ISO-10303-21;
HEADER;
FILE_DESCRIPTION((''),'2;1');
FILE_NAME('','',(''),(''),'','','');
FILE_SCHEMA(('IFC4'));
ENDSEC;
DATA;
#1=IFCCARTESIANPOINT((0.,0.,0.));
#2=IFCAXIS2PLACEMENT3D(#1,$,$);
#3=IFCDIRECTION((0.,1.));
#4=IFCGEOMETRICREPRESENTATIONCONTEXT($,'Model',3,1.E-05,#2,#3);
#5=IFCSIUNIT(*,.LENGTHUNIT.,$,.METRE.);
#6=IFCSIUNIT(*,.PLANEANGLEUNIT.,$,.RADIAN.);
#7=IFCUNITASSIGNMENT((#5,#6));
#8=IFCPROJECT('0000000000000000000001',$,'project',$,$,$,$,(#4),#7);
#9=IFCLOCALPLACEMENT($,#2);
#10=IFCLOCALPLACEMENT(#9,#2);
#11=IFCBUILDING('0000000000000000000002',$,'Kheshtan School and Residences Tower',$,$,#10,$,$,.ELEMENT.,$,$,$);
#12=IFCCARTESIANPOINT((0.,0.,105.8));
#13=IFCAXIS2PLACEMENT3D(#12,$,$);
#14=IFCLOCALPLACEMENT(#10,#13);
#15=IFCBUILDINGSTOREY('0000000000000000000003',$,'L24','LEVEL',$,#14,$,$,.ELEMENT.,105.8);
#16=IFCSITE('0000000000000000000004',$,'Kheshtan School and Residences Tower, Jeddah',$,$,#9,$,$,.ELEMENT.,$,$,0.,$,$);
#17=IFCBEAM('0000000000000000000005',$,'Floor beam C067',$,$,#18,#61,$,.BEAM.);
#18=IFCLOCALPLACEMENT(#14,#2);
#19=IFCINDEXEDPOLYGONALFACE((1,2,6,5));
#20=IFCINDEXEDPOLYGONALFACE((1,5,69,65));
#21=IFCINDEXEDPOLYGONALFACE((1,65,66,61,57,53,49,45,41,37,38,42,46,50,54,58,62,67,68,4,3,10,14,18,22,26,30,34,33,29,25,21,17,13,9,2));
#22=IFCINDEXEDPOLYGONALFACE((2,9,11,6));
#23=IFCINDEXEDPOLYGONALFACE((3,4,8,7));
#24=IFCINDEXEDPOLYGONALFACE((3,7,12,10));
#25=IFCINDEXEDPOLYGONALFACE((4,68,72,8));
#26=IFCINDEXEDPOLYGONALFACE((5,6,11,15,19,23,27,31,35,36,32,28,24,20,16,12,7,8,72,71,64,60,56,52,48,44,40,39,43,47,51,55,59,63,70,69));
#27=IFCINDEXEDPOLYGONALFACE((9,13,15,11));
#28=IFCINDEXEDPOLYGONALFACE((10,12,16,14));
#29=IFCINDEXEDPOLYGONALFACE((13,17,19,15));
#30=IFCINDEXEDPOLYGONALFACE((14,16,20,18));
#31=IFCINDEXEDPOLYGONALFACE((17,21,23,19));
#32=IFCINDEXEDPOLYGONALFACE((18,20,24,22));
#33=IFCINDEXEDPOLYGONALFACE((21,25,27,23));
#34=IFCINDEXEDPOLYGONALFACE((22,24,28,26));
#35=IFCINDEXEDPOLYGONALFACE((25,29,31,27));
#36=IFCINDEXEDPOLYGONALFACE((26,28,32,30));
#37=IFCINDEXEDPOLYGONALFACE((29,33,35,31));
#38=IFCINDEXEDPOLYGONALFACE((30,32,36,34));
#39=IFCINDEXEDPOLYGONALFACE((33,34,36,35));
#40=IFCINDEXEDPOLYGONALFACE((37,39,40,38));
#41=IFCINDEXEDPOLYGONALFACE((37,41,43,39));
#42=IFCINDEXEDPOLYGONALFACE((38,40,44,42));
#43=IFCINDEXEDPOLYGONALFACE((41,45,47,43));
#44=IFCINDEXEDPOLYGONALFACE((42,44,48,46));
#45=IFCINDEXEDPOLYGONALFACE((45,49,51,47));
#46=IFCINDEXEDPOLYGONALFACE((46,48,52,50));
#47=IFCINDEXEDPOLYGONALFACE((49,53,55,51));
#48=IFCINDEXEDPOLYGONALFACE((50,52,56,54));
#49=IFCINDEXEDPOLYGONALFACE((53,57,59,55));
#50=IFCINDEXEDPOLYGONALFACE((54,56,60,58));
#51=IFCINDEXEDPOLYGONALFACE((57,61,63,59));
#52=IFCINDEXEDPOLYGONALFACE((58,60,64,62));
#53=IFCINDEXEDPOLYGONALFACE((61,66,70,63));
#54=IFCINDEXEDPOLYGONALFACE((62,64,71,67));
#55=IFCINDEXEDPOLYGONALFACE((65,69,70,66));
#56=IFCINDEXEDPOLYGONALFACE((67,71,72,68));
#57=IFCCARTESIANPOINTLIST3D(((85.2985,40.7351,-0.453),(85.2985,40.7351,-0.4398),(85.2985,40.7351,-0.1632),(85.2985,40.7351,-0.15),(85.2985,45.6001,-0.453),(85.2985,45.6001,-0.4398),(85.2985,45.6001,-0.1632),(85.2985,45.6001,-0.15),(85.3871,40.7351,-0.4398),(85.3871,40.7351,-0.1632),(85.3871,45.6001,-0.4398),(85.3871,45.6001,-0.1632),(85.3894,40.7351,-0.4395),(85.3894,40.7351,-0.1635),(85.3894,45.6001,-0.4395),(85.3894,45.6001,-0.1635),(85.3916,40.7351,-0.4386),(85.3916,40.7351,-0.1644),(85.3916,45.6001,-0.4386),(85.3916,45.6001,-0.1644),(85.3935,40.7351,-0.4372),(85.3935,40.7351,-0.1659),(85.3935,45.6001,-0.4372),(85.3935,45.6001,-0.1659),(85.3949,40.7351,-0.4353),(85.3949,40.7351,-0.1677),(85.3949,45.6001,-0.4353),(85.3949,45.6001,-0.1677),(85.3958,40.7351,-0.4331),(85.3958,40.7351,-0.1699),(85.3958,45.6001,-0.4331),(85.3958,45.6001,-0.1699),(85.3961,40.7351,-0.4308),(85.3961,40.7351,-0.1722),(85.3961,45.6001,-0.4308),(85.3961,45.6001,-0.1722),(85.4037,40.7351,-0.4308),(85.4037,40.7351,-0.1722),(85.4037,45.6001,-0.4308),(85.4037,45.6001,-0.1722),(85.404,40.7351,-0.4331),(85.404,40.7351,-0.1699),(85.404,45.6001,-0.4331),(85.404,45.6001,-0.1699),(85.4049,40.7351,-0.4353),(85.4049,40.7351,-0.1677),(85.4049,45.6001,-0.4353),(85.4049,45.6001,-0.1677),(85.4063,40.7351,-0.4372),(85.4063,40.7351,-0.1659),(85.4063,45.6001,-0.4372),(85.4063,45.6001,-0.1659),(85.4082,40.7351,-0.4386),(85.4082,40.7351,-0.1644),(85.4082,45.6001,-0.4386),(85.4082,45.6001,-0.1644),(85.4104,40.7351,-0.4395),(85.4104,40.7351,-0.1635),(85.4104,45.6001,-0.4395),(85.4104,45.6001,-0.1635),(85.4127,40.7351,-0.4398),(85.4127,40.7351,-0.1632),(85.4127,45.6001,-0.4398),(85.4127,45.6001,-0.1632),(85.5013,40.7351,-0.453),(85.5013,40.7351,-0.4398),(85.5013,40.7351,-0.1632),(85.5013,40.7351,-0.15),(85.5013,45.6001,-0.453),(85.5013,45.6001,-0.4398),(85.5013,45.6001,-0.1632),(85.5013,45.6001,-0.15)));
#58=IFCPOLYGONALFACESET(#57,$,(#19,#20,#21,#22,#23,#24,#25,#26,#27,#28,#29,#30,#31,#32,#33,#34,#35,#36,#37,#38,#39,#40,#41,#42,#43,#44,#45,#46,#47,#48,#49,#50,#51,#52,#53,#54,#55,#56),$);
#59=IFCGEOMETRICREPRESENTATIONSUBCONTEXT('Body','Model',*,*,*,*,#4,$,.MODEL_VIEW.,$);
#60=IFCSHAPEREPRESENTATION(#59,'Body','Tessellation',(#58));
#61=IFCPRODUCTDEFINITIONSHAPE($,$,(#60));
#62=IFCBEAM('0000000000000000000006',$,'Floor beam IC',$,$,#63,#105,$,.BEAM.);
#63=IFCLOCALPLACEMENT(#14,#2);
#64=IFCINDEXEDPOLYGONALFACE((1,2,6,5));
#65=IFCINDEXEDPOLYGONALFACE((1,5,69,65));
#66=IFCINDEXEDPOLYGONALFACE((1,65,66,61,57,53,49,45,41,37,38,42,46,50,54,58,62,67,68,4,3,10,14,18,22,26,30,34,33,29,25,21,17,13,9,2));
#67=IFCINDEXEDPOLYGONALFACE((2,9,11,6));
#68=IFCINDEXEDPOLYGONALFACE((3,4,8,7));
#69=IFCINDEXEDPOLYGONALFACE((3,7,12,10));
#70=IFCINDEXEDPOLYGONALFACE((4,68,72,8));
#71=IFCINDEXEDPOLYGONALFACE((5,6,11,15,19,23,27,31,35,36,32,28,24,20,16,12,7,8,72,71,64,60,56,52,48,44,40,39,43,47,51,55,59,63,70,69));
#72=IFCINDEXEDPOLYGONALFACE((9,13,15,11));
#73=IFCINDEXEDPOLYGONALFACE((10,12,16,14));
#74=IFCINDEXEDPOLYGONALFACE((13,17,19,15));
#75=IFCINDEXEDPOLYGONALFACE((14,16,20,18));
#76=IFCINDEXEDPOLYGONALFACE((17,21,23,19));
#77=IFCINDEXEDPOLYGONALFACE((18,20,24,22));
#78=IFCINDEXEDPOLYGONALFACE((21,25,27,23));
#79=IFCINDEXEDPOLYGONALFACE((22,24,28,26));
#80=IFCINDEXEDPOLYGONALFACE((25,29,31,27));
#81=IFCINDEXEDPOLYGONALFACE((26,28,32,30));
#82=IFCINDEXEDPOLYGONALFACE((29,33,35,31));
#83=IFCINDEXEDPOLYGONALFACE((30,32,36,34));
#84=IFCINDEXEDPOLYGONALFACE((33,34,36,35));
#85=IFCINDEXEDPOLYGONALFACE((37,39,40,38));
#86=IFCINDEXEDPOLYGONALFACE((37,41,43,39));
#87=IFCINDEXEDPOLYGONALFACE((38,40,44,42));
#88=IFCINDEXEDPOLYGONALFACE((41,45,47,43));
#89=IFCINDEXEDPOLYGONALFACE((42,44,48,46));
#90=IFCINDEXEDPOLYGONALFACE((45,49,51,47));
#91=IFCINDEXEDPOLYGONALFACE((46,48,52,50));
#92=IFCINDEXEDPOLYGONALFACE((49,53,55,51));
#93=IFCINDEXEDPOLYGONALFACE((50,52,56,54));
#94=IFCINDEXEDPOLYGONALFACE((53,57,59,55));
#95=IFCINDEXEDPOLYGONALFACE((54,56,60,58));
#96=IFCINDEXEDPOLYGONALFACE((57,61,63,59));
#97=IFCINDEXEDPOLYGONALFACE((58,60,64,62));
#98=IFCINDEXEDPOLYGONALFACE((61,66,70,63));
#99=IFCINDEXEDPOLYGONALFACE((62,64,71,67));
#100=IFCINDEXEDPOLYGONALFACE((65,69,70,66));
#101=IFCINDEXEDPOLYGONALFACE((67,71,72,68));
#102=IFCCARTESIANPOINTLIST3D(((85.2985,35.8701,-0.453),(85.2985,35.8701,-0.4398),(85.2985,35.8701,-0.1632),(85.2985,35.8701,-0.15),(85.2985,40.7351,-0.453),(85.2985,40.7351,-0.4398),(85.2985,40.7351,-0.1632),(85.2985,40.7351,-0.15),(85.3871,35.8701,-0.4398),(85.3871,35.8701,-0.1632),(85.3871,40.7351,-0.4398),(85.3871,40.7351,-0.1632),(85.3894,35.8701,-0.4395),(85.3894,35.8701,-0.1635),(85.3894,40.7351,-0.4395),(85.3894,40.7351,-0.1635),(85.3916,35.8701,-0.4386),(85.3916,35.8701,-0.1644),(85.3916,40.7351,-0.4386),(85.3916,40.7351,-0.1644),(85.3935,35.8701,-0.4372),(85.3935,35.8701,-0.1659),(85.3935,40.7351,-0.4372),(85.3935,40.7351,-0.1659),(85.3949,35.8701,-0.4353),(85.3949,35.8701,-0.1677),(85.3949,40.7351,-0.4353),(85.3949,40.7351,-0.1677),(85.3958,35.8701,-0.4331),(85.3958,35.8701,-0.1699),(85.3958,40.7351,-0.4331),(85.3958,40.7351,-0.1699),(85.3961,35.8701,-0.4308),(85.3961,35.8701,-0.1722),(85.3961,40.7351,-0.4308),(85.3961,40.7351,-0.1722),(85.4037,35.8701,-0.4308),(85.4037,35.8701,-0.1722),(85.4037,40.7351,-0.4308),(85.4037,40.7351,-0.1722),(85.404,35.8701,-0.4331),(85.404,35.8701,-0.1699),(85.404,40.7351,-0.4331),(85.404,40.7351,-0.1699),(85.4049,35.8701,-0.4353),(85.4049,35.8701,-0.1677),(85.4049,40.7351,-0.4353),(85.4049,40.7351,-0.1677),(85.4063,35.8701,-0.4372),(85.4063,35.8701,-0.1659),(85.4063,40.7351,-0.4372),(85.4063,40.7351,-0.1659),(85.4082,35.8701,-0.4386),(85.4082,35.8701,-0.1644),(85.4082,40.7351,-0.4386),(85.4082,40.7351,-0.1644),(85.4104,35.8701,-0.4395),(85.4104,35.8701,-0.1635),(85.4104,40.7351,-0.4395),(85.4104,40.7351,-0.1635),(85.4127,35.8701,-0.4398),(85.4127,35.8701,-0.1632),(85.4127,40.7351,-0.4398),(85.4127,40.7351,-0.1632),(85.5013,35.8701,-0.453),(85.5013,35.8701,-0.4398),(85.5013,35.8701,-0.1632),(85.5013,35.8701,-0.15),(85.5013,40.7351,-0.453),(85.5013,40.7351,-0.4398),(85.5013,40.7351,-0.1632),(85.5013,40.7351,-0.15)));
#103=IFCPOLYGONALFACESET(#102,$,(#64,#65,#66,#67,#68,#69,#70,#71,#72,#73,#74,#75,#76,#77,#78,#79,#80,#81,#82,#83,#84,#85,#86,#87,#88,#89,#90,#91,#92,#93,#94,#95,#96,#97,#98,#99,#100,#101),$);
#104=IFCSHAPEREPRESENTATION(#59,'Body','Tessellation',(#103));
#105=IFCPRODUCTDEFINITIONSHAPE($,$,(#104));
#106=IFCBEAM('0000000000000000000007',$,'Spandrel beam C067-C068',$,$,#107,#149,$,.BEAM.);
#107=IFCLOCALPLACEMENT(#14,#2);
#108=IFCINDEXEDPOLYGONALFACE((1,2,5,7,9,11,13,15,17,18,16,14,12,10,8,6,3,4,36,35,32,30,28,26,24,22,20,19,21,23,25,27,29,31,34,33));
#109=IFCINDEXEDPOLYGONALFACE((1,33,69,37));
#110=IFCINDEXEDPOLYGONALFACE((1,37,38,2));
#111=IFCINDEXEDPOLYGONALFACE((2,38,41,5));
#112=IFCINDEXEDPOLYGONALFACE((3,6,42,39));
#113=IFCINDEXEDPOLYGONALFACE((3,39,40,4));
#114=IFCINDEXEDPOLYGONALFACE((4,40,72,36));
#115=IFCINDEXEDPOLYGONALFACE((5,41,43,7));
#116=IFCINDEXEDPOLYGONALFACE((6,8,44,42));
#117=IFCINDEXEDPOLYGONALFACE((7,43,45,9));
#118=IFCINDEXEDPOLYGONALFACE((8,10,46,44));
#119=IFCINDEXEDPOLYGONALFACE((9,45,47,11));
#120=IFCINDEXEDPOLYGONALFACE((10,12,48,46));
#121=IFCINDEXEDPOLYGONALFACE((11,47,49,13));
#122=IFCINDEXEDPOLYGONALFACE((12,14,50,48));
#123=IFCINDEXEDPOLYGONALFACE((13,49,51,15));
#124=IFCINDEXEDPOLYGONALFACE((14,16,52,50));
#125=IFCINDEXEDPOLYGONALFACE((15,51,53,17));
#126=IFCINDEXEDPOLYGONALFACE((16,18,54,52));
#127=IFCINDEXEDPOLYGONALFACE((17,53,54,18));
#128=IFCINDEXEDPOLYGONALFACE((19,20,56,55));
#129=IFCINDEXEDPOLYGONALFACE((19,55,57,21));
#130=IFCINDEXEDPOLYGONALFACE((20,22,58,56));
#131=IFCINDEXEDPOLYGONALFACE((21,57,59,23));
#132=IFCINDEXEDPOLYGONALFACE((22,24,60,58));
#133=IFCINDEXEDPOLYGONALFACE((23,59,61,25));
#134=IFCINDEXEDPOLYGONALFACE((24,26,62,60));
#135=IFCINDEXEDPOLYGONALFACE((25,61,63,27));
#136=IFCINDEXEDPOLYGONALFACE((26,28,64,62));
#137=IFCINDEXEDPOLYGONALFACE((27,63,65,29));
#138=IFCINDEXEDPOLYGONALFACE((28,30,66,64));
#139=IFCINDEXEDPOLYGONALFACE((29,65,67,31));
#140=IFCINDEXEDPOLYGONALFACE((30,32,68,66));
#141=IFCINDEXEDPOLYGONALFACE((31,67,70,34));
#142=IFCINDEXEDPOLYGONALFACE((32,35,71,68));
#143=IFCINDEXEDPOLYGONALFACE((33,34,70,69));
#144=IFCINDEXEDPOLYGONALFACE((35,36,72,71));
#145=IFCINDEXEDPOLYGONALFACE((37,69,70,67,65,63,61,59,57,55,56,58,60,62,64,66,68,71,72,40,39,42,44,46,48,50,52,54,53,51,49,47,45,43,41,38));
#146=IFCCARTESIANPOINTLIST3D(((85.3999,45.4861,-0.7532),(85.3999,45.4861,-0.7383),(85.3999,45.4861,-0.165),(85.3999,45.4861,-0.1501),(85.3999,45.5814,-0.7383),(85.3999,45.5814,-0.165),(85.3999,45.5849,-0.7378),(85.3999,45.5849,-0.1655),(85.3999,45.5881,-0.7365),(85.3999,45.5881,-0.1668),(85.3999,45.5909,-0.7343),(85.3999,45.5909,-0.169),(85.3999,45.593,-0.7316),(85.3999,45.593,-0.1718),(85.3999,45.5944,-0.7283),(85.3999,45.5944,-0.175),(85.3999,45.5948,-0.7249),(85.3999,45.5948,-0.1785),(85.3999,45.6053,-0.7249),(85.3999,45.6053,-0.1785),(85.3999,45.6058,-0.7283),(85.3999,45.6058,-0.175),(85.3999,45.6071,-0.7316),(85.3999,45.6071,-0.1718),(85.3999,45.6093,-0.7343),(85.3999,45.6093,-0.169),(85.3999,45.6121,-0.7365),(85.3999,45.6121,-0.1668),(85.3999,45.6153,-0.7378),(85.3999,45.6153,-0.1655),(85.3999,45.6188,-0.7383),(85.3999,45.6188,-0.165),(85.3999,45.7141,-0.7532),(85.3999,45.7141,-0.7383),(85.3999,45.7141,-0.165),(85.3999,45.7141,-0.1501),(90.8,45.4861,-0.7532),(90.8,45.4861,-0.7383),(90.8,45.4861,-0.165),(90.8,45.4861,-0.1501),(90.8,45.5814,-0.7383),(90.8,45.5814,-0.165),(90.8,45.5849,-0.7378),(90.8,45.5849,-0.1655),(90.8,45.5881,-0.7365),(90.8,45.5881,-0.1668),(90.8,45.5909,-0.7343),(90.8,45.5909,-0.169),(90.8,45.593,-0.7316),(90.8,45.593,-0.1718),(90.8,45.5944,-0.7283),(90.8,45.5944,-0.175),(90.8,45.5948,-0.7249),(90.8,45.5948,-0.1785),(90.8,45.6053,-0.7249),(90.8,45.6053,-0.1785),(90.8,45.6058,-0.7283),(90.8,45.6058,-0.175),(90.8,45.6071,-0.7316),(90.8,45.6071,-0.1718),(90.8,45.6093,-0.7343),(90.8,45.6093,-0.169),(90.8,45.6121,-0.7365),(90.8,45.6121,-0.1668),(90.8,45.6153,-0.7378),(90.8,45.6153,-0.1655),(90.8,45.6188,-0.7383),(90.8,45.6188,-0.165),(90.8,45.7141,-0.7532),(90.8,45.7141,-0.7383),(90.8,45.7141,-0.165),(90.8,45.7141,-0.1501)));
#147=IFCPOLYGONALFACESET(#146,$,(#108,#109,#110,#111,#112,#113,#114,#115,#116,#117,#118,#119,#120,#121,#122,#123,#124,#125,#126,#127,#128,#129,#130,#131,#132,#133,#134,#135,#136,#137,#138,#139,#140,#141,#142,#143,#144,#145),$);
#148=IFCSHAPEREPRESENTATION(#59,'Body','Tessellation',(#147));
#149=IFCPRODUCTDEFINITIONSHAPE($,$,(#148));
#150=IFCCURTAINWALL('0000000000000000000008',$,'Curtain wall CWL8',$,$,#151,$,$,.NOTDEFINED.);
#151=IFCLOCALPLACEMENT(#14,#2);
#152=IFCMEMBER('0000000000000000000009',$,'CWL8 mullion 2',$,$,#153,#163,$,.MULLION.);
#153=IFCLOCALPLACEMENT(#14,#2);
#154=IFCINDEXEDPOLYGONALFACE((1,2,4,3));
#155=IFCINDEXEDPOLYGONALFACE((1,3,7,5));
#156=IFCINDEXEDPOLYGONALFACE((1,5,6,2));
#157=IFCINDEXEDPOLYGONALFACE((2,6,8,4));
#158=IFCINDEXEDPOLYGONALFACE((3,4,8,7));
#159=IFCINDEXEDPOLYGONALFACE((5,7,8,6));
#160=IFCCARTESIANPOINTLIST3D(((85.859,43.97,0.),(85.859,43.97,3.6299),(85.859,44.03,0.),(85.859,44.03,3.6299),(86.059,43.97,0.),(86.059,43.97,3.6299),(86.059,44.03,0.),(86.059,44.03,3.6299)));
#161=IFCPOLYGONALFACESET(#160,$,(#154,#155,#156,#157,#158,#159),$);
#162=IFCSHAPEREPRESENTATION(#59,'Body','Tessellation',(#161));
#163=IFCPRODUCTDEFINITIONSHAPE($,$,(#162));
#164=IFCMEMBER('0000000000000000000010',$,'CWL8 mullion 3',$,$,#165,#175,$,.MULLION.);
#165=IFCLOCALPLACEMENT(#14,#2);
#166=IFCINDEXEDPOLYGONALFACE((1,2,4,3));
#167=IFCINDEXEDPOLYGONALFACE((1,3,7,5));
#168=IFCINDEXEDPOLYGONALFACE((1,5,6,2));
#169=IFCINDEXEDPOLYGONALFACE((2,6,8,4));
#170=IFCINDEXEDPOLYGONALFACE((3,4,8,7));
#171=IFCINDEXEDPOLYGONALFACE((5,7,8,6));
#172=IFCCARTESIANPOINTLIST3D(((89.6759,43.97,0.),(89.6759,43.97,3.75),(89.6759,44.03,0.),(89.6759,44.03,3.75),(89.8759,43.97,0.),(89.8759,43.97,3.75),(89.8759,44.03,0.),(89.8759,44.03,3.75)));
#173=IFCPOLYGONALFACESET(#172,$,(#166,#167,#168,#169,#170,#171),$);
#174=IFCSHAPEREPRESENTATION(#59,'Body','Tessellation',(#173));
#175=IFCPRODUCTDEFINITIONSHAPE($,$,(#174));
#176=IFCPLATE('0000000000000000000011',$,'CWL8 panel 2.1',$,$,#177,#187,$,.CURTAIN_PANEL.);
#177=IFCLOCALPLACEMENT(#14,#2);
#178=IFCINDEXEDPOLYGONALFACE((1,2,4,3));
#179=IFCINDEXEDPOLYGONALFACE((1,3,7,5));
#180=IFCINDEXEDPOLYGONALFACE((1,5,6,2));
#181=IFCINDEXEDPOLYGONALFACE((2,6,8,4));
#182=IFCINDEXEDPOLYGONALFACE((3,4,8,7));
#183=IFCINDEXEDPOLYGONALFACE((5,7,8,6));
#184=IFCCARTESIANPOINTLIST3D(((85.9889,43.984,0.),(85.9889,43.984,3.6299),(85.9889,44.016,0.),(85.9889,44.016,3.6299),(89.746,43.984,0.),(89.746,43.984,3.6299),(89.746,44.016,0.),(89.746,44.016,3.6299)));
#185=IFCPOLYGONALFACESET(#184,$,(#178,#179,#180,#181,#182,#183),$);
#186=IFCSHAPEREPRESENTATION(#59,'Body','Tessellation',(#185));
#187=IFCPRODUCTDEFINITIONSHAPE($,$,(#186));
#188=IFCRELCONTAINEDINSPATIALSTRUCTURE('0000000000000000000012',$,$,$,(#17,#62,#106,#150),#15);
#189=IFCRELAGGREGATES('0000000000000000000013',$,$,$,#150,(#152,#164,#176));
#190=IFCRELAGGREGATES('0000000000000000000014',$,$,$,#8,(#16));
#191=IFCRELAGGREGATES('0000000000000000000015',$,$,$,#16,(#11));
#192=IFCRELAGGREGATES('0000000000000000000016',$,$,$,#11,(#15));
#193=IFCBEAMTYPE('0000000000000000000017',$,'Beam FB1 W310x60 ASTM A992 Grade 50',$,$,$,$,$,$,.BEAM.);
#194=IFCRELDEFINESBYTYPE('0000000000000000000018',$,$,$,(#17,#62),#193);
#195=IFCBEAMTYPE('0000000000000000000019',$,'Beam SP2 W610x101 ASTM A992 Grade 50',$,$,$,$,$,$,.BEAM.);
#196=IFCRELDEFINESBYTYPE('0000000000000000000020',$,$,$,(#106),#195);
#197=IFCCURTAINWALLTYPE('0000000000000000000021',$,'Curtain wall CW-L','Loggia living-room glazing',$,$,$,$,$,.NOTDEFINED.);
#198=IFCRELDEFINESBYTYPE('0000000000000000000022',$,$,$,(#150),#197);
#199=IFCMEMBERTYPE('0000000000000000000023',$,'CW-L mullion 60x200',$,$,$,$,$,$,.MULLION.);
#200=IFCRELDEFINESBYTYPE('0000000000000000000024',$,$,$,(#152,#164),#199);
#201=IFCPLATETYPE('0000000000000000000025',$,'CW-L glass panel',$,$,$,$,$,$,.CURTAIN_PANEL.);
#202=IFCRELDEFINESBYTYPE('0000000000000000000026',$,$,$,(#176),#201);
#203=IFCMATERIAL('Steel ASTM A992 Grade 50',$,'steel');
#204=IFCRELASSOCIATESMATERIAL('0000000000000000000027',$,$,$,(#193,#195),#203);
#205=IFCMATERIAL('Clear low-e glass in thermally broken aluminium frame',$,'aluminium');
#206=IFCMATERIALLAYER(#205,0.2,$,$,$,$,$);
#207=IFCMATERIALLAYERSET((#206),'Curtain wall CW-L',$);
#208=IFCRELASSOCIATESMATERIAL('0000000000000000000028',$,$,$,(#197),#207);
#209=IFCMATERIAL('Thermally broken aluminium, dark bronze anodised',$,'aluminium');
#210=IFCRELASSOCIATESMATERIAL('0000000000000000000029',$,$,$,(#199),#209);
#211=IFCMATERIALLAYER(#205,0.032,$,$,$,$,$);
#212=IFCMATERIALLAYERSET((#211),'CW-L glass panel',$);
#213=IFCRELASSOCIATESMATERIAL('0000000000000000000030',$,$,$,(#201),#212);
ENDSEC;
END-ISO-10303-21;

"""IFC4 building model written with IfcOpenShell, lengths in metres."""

from ifc_helpers import new_model, si_unit, direction, frame, origin, origin_2d, place, context, subcontext, project, spatial, rectangle, i_section, extrude, material, layer, layer_set, material_profile, profile_set, type_object, element, aggregate, save


model = new_model("IFC4")

# Units and contexts
model_context = context("Model", 3, precision=1e-05, world=origin(), true_north=direction((0.0, 1.0)))
body_context = subcontext(model_context, "Body", "Model", "MODEL_VIEW")
ifc_project = project(units=[si_unit("LENGTHUNIT", "METRE"), si_unit("PLANEANGLEUNIT", "RADIAN")], contexts=[model_context])

# Site, building, storey
site_placement = place(None, origin())
site = spatial("IfcSite", under=ifc_project, at=site_placement, Name="Kheshtan School and Residences Tower, Jeddah", CompositionType="ELEMENT", RefElevation=0.0)
building_placement = place(site_placement, origin())
building = spatial("IfcBuilding", under=site, at=building_placement, Name="Kheshtan School and Residences Tower", CompositionType="ELEMENT")
storey_placement = place(building_placement, frame((0.0, 0.0, 105.8)))
storey = spatial("IfcBuildingStorey", under=building, at=storey_placement, Name="L24", Description="LEVEL", CompositionType="ELEMENT", Elevation=105.8)

# Shared definitions
ifc_material_1 = material(Name="Steel ASTM A992 Grade 50", Category="steel")

# Beams
ifc_material_profile_1 = material_profile(ifc_material_1, i_section(OverallWidth=0.2029, OverallDepth=0.303, WebThickness=0.0076, FlangeThickness=0.0132, FilletRadius=0.009, at=origin_2d()), Name="W310x60")
ifc_profile_set_1 = profile_set([ifc_material_profile_1], Name="Steel ASTM A992 Grade 50")
beam_type_1 = type_object("IfcBeamType", Name="Beam FB1 W310x60 ASTM A992 Grade 50", PredefinedType="BEAM", material=ifc_profile_set_1)
for number, where, z_axis, x_axis, name in (
    (1, (85.3999, 45.6001, -0.3015), (0.0, -1.0, 0.0), (1.0, 0.0, 0.0), "Floor beam C067"),
    (2, (85.3999, 40.7351, -0.3015), (0.0, -1.0, 0.0), (1.0, 0.0, 0.0), "Floor beam IC"),
):
    element("IfcBeam", number, at=place(storey_placement, frame(where, z_axis=z_axis, x_axis=x_axis)), inside=storey, type_object=beam_type_1, Name=name, PredefinedType="BEAM", context=body_context, shape_type="SweptSolid", body=[
        extrude(i_section(OverallWidth=0.2029, OverallDepth=0.303, WebThickness=0.0076, FlangeThickness=0.0132, FilletRadius=0.009, at=origin_2d()), origin(), (0.0, 0.0, 1.0), 4.865),
    ])
ifc_material_profile_2 = material_profile(ifc_material_1, i_section(OverallWidth=0.228, OverallDepth=0.603, WebThickness=0.0105, FlangeThickness=0.0149, FilletRadius=0.0134, at=origin_2d()), Name="W610x101")
ifc_profile_set_2 = profile_set([ifc_material_profile_2], Name="Steel ASTM A992 Grade 50")
beam_type_2 = type_object("IfcBeamType", Name="Beam SP2 W610x101 ASTM A992 Grade 50", PredefinedType="BEAM", material=ifc_profile_set_2)
beam_placement = place(storey_placement, frame((85.3999, 45.6001, -0.4517), z_axis=(1.0, 0.0, 0.0), x_axis=(0.0, 1.0, 0.0)))
element("IfcBeam", 3, at=beam_placement, inside=storey, type_object=beam_type_2, Name="Spandrel beam C067-C068", PredefinedType="BEAM", context=body_context, shape_type="SweptSolid", body=[
    extrude(i_section(OverallWidth=0.228, OverallDepth=0.603, WebThickness=0.0105, FlangeThickness=0.0149, FilletRadius=0.0134, at=origin_2d()), origin(), (0.0, 0.0, 1.0), 5.4001),
])

# Curtain wall, members, plate
ifc_material_2 = material(Name="Clear low-e glass in thermally broken aluminium frame", Category="aluminium")
ifc_layer_1 = layer(ifc_material_2, 0.2)
ifc_layer_set_1 = layer_set([ifc_layer_1], Name="Curtain wall CW-L")
curtain_wall_type = type_object("IfcCurtainWallType", Name="Curtain wall CW-L", Description="Loggia living-room glazing", PredefinedType="NOTDEFINED", material=ifc_layer_set_1)
curtain_wall_placement = place(storey_placement, origin())
curtain_wall = element("IfcCurtainWall", 4, at=curtain_wall_placement, inside=storey, type_object=curtain_wall_type, Name="Curtain wall CWL8", PredefinedType="NOTDEFINED")
ifc_material_3 = material(Name="Thermally broken aluminium, dark bronze anodised", Category="aluminium")
ifc_material_profile_3 = material_profile(ifc_material_3, rectangle(XDim=0.0601, YDim=0.2, at=origin_2d()), Name="CW-L mullion 60x200")
ifc_profile_set_3 = profile_set([ifc_material_profile_3], Name="Thermally broken aluminium, dark bronze anodised")
member_type = type_object("IfcMemberType", Name="CW-L mullion 60x200", PredefinedType="MULLION", material=ifc_profile_set_3)
member_1_placement = place(storey_placement, frame((85.959, 44.0, 0.0), z_axis=(0.0, 0.0, 1.0), x_axis=(0.0, 1.0, 0.0)))
member_1 = element("IfcMember", 5, at=member_1_placement, type_object=member_type, Name="CWL8 mullion 2", PredefinedType="MULLION", context=body_context, shape_type="SweptSolid", body=[
    extrude(rectangle(XDim=0.0601, YDim=0.2, at=origin_2d()), origin(), (0.0, 0.0, 1.0), 3.6299),
])
member_2_placement = place(storey_placement, frame((89.7759, 44.0, 0.0), z_axis=(0.0, 0.0, 1.0), x_axis=(0.0, 1.0, 0.0)))
member_2 = element("IfcMember", 6, at=member_2_placement, type_object=member_type, Name="CWL8 mullion 3", PredefinedType="MULLION", context=body_context, shape_type="SweptSolid", body=[
    extrude(rectangle(XDim=0.0601, YDim=0.2, at=origin_2d()), origin(), (0.0, 0.0, 1.0), 3.75),
])
ifc_layer_2 = layer(ifc_material_2, 0.032)
ifc_layer_set_2 = layer_set([ifc_layer_2], Name="CW-L glass panel")
plate_type = type_object("IfcPlateType", Name="CW-L glass panel", PredefinedType="CURTAIN_PANEL", material=ifc_layer_set_2)
plate_placement = place(storey_placement, frame((87.8674, 44.0, 0.0), z_axis=(0.0, 0.0, 1.0), x_axis=(1.0, 0.0, 0.0)))
plate = element("IfcPlate", 7, at=plate_placement, type_object=plate_type, Name="CWL8 panel 2.1", PredefinedType="CURTAIN_PANEL", context=body_context, shape_type="SweptSolid", body=[
    extrude(rectangle(XDim=3.7571, YDim=0.032, at=origin_2d()), origin(), (0.0, 0.0, 1.0), 3.6299),
])
aggregate(curtain_wall, [member_1, member_2, plate])

save(model, "model.ifc")
